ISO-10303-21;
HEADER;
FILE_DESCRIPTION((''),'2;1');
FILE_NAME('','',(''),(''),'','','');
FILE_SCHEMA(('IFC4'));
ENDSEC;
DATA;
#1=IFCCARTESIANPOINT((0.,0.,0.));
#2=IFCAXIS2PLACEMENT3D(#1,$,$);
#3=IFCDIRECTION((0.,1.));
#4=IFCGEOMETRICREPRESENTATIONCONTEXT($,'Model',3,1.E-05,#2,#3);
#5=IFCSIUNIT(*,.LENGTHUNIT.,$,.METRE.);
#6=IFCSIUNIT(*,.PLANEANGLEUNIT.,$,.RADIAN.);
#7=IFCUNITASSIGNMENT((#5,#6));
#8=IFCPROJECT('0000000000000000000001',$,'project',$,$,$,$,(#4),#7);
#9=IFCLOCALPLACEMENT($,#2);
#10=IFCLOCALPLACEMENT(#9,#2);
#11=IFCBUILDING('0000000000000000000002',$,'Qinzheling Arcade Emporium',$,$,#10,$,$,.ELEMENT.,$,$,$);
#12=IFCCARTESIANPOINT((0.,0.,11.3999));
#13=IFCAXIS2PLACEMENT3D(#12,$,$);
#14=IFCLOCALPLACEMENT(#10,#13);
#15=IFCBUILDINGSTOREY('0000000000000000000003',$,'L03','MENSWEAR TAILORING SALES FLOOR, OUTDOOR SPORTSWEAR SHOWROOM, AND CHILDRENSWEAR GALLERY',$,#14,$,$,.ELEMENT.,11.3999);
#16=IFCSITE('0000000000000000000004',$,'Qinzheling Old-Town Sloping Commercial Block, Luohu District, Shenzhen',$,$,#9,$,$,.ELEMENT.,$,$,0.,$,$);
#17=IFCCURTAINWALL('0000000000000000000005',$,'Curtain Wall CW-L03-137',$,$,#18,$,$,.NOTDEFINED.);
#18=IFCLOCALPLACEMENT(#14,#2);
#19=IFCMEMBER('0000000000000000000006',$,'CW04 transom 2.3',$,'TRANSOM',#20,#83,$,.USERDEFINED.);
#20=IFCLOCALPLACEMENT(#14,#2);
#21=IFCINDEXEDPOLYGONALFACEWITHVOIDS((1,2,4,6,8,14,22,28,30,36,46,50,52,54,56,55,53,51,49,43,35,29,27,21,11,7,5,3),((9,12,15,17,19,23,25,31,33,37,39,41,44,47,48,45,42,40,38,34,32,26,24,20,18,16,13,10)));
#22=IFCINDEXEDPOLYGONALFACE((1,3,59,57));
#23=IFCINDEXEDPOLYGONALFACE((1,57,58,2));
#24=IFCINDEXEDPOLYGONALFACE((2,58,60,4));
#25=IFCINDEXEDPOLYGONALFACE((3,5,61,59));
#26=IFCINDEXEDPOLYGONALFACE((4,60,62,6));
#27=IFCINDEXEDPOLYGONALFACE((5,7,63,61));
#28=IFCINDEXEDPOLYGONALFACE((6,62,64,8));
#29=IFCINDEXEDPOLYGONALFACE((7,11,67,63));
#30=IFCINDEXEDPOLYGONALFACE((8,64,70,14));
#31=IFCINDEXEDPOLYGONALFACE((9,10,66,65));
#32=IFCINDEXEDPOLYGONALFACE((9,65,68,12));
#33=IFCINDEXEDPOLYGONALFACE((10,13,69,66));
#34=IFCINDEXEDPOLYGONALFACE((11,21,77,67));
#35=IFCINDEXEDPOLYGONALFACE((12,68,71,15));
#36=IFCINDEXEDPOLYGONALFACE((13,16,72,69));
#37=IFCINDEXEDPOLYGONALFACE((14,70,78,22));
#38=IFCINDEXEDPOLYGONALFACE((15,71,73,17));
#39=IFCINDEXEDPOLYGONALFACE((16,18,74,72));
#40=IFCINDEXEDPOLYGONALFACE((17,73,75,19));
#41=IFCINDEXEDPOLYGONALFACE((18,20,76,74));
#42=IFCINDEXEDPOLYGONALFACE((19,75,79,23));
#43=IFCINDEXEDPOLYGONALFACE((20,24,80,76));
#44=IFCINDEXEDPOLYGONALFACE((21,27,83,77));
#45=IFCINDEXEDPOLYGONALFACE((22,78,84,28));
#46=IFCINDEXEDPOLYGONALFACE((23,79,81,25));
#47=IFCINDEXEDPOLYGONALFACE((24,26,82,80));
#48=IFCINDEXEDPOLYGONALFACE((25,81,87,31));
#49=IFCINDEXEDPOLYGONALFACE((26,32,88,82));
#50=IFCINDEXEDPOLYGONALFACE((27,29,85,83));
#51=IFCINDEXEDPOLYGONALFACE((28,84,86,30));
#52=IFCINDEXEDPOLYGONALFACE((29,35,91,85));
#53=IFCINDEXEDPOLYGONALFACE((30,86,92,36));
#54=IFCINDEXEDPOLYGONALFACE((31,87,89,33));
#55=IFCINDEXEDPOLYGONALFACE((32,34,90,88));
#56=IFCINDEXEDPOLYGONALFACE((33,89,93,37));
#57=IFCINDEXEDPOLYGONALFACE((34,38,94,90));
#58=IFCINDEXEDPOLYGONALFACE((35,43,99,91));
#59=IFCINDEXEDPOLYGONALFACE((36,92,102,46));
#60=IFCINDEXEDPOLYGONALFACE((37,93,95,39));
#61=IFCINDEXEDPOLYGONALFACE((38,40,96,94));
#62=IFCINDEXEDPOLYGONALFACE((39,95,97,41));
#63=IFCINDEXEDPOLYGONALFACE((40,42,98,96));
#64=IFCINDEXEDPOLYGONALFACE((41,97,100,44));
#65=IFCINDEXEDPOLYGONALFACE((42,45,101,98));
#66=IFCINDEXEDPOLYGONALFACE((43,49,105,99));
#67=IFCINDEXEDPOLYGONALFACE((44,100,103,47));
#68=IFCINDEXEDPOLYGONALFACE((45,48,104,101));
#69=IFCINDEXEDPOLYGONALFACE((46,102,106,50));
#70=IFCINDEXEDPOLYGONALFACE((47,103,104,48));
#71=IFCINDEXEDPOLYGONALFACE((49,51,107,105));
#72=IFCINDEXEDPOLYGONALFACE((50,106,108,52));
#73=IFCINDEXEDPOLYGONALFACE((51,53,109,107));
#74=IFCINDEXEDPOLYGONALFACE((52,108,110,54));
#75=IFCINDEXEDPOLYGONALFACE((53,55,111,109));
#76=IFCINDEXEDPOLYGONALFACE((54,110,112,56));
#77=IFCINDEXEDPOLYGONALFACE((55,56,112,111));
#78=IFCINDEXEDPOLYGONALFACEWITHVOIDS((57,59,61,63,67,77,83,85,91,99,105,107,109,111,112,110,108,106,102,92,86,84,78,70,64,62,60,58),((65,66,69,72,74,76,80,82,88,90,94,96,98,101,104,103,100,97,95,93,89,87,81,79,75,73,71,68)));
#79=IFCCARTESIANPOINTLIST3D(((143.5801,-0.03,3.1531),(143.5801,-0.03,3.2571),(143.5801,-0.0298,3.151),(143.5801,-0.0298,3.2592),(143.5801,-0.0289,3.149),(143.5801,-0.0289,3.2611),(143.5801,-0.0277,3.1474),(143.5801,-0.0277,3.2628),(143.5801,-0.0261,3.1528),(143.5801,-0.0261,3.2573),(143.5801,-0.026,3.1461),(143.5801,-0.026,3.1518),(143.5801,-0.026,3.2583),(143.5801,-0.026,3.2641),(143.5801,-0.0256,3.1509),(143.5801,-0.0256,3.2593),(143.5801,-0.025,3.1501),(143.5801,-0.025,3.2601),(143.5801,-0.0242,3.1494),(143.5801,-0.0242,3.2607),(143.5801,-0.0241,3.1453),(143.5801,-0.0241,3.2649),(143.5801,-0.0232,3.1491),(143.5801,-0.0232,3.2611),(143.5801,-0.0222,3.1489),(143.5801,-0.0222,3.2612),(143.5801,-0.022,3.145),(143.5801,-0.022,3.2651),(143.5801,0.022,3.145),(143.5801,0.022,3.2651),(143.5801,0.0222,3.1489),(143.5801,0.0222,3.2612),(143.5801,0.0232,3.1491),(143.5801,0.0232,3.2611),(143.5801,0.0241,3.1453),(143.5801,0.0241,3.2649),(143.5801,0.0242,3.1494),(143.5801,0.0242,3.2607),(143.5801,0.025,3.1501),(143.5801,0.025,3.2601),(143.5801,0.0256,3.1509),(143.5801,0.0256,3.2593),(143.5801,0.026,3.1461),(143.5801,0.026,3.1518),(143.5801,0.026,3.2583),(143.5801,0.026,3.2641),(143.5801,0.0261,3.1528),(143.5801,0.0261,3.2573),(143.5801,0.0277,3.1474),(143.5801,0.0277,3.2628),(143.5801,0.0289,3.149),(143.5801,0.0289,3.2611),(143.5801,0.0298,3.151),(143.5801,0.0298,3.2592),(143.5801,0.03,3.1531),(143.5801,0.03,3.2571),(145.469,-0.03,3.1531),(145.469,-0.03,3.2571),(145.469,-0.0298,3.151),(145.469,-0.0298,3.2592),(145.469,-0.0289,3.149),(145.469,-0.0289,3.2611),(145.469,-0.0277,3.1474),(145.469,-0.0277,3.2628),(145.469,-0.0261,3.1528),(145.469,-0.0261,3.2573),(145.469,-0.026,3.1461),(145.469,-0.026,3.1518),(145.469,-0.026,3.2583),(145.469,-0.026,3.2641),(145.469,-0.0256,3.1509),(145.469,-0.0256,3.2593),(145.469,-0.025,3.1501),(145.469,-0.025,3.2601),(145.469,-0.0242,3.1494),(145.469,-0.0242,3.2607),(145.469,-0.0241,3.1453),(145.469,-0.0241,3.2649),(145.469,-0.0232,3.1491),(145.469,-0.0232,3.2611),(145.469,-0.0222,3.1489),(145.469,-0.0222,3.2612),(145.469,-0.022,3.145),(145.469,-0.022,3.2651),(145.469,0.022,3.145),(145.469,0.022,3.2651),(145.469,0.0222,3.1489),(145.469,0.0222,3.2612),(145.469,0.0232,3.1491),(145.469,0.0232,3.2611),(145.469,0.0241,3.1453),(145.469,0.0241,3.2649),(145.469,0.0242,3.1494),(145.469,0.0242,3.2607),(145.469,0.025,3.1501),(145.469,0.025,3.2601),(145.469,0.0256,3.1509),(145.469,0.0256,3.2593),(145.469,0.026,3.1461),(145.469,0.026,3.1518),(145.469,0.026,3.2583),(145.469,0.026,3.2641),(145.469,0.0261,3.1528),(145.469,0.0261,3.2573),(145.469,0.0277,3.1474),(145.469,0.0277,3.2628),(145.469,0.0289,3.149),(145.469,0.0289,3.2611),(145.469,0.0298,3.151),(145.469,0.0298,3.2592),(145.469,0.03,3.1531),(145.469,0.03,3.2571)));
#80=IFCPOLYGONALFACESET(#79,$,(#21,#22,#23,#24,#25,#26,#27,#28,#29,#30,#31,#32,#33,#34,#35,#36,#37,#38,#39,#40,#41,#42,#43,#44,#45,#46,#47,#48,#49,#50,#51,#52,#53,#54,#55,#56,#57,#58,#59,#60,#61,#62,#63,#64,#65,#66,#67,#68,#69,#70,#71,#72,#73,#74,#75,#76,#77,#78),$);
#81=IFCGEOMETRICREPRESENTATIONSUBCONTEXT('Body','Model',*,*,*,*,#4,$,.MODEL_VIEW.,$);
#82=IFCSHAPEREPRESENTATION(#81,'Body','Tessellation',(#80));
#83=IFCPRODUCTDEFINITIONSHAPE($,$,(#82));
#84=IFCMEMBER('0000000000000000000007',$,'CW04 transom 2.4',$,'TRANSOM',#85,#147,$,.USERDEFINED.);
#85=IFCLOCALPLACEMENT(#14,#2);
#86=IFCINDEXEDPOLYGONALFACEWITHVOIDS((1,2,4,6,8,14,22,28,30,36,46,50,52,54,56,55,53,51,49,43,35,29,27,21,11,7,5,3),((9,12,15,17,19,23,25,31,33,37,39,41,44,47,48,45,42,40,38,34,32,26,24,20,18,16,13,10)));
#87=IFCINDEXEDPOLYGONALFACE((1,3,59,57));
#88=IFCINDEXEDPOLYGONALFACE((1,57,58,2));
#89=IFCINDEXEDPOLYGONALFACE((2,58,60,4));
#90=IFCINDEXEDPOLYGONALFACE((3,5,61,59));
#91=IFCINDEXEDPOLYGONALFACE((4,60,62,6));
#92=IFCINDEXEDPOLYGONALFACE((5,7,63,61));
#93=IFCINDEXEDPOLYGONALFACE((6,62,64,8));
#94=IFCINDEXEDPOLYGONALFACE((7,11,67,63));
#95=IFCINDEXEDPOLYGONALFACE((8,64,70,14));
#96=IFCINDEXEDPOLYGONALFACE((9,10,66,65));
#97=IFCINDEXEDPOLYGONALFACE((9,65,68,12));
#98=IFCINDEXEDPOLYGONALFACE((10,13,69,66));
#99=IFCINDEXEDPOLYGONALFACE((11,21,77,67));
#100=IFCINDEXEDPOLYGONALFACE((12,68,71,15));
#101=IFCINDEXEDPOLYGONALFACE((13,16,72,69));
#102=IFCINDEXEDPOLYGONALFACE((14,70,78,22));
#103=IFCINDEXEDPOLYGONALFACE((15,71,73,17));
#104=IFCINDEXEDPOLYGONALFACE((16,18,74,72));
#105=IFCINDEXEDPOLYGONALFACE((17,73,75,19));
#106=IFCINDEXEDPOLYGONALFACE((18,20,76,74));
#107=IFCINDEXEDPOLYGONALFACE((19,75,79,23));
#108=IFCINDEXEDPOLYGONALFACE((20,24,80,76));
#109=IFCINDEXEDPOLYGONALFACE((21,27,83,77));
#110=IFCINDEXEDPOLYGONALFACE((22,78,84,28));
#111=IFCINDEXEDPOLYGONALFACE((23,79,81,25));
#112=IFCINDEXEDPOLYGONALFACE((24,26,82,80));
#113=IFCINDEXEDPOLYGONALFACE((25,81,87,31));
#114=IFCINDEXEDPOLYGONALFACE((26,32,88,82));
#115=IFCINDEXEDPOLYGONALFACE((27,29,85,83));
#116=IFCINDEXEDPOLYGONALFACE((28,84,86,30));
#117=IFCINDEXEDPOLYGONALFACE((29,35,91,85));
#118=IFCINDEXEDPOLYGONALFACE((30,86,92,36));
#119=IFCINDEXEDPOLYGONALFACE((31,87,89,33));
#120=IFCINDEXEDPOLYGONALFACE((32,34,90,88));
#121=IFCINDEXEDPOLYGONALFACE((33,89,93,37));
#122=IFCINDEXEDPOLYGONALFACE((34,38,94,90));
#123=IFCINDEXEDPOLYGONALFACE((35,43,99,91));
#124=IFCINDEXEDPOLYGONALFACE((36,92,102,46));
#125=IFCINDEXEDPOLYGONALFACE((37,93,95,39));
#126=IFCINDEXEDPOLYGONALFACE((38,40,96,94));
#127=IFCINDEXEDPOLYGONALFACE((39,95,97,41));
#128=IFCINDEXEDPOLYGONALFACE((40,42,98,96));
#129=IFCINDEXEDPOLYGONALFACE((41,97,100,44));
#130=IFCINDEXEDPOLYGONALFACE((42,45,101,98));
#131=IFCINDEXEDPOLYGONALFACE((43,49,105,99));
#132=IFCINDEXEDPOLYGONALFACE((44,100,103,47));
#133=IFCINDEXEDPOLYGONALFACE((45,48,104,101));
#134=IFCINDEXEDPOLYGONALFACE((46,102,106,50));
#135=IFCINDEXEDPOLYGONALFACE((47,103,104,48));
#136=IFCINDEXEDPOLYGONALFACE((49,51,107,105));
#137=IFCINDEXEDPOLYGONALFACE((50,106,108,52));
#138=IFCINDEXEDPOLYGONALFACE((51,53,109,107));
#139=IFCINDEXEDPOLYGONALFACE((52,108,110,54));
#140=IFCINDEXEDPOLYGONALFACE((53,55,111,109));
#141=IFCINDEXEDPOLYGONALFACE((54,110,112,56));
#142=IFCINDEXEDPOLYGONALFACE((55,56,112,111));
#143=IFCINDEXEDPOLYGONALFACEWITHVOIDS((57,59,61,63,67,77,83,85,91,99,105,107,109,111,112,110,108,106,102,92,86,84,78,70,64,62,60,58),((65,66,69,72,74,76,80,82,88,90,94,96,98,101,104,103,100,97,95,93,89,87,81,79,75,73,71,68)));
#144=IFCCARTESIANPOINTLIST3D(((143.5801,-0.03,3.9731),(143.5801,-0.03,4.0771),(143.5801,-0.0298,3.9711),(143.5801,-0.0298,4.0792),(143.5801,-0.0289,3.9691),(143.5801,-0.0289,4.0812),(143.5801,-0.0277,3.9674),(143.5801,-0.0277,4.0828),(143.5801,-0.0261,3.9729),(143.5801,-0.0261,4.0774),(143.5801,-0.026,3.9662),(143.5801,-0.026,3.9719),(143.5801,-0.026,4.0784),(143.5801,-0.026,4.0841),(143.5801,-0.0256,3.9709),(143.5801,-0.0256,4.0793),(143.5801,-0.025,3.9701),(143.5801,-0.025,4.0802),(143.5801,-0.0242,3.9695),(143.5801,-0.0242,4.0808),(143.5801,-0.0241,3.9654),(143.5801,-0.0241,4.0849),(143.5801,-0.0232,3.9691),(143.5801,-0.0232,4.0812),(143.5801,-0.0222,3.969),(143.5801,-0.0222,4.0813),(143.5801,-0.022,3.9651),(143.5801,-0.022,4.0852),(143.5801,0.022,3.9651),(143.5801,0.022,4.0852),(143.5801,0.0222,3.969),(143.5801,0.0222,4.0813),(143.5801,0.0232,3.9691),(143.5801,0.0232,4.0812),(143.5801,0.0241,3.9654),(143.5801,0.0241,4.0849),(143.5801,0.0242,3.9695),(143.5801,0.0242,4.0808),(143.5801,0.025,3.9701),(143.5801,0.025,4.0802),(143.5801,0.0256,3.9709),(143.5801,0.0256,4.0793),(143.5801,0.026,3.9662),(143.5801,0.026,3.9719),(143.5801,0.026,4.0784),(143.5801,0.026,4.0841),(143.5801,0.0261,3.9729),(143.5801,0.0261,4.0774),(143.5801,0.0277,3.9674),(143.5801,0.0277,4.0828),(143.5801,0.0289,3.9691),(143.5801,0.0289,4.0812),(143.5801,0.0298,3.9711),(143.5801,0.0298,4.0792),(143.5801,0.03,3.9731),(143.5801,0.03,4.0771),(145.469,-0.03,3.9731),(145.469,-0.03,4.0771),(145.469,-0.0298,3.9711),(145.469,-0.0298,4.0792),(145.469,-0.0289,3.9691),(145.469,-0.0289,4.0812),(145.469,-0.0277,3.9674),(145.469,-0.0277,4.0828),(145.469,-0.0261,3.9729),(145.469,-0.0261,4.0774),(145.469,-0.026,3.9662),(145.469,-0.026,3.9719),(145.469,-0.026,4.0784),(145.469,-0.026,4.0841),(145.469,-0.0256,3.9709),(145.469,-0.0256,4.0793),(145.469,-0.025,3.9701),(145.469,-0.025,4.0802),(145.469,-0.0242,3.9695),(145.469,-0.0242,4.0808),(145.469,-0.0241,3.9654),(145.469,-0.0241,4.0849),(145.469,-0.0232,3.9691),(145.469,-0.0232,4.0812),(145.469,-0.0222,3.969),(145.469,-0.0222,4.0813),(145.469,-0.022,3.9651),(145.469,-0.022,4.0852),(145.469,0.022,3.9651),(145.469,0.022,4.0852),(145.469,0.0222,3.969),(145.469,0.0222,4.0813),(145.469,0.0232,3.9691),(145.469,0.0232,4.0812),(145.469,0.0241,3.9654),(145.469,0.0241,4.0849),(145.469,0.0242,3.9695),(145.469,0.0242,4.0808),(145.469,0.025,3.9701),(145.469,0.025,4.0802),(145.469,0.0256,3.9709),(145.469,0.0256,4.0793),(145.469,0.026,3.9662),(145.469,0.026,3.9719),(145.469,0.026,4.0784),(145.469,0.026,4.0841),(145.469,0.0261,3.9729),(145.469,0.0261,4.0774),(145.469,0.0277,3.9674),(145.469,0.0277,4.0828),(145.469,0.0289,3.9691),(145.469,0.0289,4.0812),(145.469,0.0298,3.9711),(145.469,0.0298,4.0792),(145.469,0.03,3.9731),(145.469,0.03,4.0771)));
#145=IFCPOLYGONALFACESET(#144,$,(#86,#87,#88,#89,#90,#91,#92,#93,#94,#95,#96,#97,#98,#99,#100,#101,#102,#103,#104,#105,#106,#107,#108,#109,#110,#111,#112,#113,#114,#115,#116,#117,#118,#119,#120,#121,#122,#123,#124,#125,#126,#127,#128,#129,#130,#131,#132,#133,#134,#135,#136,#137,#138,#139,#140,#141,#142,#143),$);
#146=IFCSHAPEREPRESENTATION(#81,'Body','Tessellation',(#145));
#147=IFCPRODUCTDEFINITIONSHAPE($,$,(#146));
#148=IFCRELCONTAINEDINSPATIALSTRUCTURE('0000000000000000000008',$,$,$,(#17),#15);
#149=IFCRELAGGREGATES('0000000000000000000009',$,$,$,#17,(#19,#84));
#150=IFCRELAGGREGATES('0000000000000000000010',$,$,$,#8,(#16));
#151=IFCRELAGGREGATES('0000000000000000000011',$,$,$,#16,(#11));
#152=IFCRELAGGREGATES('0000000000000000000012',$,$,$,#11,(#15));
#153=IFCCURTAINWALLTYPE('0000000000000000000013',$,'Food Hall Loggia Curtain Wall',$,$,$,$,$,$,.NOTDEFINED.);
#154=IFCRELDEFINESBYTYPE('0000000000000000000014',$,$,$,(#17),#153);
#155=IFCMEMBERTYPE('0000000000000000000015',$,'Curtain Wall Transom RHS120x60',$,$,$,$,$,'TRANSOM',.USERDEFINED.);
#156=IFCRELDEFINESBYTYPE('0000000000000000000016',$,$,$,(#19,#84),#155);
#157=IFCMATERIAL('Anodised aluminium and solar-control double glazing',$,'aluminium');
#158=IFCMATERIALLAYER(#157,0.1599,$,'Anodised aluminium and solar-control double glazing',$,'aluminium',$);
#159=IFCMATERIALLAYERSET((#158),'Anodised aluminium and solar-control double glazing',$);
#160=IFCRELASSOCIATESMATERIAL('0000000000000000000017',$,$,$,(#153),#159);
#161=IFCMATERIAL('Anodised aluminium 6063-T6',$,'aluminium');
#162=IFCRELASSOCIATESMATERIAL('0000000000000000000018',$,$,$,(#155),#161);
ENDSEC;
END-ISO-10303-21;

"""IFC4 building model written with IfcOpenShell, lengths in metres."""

from ifc_helpers import new_model, si_unit, direction, frame, origin, origin_2d, place, context, subcontext, project, spatial, hollow_rectangle, extrude, material, layer, layer_set, material_profile, profile_set, type_object, element, aggregate, save


model = new_model("IFC4")

# Units and contexts
model_context = context("Model", 3, precision=1e-05, world=origin(), true_north=direction((0.0, 1.0)))
body_context = subcontext(model_context, "Body", "Model", "MODEL_VIEW")
ifc_project = project(units=[si_unit("LENGTHUNIT", "METRE"), si_unit("PLANEANGLEUNIT", "RADIAN")], contexts=[model_context])

# Site, building, storey
site_placement = place(None, origin())
site = spatial("IfcSite", under=ifc_project, at=site_placement, Name="Qinzheling Old-Town Sloping Commercial Block, Luohu District, Shenzhen", CompositionType="ELEMENT", RefElevation=0.0)
building_placement = place(site_placement, origin())
building = spatial("IfcBuilding", under=site, at=building_placement, Name="Qinzheling Arcade Emporium", CompositionType="ELEMENT")
storey_placement = place(building_placement, frame((0.0, 0.0, 11.3999)))
storey = spatial("IfcBuildingStorey", under=building, at=storey_placement, Name="L03", Description="MENSWEAR TAILORING SALES FLOOR, OUTDOOR SPORTSWEAR SHOWROOM, AND CHILDRENSWEAR GALLERY", CompositionType="ELEMENT", Elevation=11.3999)

# Curtain wall, members
ifc_material_1 = material(Name="Anodised aluminium and solar-control double glazing", Category="aluminium")
ifc_layer_1 = layer(ifc_material_1, 0.1599, Name="Anodised aluminium and solar-control double glazing", Category="aluminium")
ifc_layer_set_1 = layer_set([ifc_layer_1], Name="Anodised aluminium and solar-control double glazing")
curtain_wall_type = type_object("IfcCurtainWallType", Name="Food Hall Loggia Curtain Wall", PredefinedType="NOTDEFINED", material=ifc_layer_set_1)
curtain_wall_placement = place(storey_placement, origin())
curtain_wall = element("IfcCurtainWall", 1, at=curtain_wall_placement, inside=storey, type_object=curtain_wall_type, Name="Curtain Wall CW-L03-137", PredefinedType="NOTDEFINED")
ifc_material_2 = material(Name="Anodised aluminium 6063-T6", Category="aluminium")
ifc_material_profile_1 = material_profile(ifc_material_2, hollow_rectangle(XDim=0.0601, YDim=0.1201, WallThickness=0.0039, InnerFilletRadius=0.0039, OuterFilletRadius=0.0081, at=origin_2d()), Name="RHS 120x60x4", Category="aluminium")
ifc_profile_set_1 = profile_set([ifc_material_profile_1], Name="Anodised aluminium 6063-T6")
member_type_1 = type_object("IfcMemberType", Name="Curtain Wall Transom RHS120x60", ElementType="TRANSOM", PredefinedType="USERDEFINED", material=ifc_profile_set_1)
member_1_placement = place(storey_placement, frame((145.469, 0.0, 3.2051), z_axis=(-1.0, 0.0, 0.0), x_axis=(0.0, -1.0, 0.0)))
member_1 = element("IfcMember", 2, at=member_1_placement, type_object=member_type_1, Name="CW04 transom 2.3", ObjectType="TRANSOM", PredefinedType="USERDEFINED", context=body_context, shape_type="SweptSolid", body=[
    extrude(hollow_rectangle(XDim=0.0601, YDim=0.1201, WallThickness=0.0039, InnerFilletRadius=0.0039, OuterFilletRadius=0.0081, at=origin_2d()), origin(), (0.0, 0.0, 1.0), 1.8889),
])
member_2_placement = place(storey_placement, frame((145.469, 0.0, 4.0251), z_axis=(-1.0, 0.0, 0.0), x_axis=(0.0, -1.0, 0.0)))
member_2 = element("IfcMember", 3, at=member_2_placement, type_object=member_type_1, Name="CW04 transom 2.4", ObjectType="TRANSOM", PredefinedType="USERDEFINED", context=body_context, shape_type="SweptSolid", body=[
    extrude(hollow_rectangle(XDim=0.0601, YDim=0.1201, WallThickness=0.0039, InnerFilletRadius=0.0039, OuterFilletRadius=0.0081, at=origin_2d()), origin(), (0.0, 0.0, 1.0), 1.8889),
])
aggregate(curtain_wall, [member_1, member_2])

save(model, "model.ifc")
